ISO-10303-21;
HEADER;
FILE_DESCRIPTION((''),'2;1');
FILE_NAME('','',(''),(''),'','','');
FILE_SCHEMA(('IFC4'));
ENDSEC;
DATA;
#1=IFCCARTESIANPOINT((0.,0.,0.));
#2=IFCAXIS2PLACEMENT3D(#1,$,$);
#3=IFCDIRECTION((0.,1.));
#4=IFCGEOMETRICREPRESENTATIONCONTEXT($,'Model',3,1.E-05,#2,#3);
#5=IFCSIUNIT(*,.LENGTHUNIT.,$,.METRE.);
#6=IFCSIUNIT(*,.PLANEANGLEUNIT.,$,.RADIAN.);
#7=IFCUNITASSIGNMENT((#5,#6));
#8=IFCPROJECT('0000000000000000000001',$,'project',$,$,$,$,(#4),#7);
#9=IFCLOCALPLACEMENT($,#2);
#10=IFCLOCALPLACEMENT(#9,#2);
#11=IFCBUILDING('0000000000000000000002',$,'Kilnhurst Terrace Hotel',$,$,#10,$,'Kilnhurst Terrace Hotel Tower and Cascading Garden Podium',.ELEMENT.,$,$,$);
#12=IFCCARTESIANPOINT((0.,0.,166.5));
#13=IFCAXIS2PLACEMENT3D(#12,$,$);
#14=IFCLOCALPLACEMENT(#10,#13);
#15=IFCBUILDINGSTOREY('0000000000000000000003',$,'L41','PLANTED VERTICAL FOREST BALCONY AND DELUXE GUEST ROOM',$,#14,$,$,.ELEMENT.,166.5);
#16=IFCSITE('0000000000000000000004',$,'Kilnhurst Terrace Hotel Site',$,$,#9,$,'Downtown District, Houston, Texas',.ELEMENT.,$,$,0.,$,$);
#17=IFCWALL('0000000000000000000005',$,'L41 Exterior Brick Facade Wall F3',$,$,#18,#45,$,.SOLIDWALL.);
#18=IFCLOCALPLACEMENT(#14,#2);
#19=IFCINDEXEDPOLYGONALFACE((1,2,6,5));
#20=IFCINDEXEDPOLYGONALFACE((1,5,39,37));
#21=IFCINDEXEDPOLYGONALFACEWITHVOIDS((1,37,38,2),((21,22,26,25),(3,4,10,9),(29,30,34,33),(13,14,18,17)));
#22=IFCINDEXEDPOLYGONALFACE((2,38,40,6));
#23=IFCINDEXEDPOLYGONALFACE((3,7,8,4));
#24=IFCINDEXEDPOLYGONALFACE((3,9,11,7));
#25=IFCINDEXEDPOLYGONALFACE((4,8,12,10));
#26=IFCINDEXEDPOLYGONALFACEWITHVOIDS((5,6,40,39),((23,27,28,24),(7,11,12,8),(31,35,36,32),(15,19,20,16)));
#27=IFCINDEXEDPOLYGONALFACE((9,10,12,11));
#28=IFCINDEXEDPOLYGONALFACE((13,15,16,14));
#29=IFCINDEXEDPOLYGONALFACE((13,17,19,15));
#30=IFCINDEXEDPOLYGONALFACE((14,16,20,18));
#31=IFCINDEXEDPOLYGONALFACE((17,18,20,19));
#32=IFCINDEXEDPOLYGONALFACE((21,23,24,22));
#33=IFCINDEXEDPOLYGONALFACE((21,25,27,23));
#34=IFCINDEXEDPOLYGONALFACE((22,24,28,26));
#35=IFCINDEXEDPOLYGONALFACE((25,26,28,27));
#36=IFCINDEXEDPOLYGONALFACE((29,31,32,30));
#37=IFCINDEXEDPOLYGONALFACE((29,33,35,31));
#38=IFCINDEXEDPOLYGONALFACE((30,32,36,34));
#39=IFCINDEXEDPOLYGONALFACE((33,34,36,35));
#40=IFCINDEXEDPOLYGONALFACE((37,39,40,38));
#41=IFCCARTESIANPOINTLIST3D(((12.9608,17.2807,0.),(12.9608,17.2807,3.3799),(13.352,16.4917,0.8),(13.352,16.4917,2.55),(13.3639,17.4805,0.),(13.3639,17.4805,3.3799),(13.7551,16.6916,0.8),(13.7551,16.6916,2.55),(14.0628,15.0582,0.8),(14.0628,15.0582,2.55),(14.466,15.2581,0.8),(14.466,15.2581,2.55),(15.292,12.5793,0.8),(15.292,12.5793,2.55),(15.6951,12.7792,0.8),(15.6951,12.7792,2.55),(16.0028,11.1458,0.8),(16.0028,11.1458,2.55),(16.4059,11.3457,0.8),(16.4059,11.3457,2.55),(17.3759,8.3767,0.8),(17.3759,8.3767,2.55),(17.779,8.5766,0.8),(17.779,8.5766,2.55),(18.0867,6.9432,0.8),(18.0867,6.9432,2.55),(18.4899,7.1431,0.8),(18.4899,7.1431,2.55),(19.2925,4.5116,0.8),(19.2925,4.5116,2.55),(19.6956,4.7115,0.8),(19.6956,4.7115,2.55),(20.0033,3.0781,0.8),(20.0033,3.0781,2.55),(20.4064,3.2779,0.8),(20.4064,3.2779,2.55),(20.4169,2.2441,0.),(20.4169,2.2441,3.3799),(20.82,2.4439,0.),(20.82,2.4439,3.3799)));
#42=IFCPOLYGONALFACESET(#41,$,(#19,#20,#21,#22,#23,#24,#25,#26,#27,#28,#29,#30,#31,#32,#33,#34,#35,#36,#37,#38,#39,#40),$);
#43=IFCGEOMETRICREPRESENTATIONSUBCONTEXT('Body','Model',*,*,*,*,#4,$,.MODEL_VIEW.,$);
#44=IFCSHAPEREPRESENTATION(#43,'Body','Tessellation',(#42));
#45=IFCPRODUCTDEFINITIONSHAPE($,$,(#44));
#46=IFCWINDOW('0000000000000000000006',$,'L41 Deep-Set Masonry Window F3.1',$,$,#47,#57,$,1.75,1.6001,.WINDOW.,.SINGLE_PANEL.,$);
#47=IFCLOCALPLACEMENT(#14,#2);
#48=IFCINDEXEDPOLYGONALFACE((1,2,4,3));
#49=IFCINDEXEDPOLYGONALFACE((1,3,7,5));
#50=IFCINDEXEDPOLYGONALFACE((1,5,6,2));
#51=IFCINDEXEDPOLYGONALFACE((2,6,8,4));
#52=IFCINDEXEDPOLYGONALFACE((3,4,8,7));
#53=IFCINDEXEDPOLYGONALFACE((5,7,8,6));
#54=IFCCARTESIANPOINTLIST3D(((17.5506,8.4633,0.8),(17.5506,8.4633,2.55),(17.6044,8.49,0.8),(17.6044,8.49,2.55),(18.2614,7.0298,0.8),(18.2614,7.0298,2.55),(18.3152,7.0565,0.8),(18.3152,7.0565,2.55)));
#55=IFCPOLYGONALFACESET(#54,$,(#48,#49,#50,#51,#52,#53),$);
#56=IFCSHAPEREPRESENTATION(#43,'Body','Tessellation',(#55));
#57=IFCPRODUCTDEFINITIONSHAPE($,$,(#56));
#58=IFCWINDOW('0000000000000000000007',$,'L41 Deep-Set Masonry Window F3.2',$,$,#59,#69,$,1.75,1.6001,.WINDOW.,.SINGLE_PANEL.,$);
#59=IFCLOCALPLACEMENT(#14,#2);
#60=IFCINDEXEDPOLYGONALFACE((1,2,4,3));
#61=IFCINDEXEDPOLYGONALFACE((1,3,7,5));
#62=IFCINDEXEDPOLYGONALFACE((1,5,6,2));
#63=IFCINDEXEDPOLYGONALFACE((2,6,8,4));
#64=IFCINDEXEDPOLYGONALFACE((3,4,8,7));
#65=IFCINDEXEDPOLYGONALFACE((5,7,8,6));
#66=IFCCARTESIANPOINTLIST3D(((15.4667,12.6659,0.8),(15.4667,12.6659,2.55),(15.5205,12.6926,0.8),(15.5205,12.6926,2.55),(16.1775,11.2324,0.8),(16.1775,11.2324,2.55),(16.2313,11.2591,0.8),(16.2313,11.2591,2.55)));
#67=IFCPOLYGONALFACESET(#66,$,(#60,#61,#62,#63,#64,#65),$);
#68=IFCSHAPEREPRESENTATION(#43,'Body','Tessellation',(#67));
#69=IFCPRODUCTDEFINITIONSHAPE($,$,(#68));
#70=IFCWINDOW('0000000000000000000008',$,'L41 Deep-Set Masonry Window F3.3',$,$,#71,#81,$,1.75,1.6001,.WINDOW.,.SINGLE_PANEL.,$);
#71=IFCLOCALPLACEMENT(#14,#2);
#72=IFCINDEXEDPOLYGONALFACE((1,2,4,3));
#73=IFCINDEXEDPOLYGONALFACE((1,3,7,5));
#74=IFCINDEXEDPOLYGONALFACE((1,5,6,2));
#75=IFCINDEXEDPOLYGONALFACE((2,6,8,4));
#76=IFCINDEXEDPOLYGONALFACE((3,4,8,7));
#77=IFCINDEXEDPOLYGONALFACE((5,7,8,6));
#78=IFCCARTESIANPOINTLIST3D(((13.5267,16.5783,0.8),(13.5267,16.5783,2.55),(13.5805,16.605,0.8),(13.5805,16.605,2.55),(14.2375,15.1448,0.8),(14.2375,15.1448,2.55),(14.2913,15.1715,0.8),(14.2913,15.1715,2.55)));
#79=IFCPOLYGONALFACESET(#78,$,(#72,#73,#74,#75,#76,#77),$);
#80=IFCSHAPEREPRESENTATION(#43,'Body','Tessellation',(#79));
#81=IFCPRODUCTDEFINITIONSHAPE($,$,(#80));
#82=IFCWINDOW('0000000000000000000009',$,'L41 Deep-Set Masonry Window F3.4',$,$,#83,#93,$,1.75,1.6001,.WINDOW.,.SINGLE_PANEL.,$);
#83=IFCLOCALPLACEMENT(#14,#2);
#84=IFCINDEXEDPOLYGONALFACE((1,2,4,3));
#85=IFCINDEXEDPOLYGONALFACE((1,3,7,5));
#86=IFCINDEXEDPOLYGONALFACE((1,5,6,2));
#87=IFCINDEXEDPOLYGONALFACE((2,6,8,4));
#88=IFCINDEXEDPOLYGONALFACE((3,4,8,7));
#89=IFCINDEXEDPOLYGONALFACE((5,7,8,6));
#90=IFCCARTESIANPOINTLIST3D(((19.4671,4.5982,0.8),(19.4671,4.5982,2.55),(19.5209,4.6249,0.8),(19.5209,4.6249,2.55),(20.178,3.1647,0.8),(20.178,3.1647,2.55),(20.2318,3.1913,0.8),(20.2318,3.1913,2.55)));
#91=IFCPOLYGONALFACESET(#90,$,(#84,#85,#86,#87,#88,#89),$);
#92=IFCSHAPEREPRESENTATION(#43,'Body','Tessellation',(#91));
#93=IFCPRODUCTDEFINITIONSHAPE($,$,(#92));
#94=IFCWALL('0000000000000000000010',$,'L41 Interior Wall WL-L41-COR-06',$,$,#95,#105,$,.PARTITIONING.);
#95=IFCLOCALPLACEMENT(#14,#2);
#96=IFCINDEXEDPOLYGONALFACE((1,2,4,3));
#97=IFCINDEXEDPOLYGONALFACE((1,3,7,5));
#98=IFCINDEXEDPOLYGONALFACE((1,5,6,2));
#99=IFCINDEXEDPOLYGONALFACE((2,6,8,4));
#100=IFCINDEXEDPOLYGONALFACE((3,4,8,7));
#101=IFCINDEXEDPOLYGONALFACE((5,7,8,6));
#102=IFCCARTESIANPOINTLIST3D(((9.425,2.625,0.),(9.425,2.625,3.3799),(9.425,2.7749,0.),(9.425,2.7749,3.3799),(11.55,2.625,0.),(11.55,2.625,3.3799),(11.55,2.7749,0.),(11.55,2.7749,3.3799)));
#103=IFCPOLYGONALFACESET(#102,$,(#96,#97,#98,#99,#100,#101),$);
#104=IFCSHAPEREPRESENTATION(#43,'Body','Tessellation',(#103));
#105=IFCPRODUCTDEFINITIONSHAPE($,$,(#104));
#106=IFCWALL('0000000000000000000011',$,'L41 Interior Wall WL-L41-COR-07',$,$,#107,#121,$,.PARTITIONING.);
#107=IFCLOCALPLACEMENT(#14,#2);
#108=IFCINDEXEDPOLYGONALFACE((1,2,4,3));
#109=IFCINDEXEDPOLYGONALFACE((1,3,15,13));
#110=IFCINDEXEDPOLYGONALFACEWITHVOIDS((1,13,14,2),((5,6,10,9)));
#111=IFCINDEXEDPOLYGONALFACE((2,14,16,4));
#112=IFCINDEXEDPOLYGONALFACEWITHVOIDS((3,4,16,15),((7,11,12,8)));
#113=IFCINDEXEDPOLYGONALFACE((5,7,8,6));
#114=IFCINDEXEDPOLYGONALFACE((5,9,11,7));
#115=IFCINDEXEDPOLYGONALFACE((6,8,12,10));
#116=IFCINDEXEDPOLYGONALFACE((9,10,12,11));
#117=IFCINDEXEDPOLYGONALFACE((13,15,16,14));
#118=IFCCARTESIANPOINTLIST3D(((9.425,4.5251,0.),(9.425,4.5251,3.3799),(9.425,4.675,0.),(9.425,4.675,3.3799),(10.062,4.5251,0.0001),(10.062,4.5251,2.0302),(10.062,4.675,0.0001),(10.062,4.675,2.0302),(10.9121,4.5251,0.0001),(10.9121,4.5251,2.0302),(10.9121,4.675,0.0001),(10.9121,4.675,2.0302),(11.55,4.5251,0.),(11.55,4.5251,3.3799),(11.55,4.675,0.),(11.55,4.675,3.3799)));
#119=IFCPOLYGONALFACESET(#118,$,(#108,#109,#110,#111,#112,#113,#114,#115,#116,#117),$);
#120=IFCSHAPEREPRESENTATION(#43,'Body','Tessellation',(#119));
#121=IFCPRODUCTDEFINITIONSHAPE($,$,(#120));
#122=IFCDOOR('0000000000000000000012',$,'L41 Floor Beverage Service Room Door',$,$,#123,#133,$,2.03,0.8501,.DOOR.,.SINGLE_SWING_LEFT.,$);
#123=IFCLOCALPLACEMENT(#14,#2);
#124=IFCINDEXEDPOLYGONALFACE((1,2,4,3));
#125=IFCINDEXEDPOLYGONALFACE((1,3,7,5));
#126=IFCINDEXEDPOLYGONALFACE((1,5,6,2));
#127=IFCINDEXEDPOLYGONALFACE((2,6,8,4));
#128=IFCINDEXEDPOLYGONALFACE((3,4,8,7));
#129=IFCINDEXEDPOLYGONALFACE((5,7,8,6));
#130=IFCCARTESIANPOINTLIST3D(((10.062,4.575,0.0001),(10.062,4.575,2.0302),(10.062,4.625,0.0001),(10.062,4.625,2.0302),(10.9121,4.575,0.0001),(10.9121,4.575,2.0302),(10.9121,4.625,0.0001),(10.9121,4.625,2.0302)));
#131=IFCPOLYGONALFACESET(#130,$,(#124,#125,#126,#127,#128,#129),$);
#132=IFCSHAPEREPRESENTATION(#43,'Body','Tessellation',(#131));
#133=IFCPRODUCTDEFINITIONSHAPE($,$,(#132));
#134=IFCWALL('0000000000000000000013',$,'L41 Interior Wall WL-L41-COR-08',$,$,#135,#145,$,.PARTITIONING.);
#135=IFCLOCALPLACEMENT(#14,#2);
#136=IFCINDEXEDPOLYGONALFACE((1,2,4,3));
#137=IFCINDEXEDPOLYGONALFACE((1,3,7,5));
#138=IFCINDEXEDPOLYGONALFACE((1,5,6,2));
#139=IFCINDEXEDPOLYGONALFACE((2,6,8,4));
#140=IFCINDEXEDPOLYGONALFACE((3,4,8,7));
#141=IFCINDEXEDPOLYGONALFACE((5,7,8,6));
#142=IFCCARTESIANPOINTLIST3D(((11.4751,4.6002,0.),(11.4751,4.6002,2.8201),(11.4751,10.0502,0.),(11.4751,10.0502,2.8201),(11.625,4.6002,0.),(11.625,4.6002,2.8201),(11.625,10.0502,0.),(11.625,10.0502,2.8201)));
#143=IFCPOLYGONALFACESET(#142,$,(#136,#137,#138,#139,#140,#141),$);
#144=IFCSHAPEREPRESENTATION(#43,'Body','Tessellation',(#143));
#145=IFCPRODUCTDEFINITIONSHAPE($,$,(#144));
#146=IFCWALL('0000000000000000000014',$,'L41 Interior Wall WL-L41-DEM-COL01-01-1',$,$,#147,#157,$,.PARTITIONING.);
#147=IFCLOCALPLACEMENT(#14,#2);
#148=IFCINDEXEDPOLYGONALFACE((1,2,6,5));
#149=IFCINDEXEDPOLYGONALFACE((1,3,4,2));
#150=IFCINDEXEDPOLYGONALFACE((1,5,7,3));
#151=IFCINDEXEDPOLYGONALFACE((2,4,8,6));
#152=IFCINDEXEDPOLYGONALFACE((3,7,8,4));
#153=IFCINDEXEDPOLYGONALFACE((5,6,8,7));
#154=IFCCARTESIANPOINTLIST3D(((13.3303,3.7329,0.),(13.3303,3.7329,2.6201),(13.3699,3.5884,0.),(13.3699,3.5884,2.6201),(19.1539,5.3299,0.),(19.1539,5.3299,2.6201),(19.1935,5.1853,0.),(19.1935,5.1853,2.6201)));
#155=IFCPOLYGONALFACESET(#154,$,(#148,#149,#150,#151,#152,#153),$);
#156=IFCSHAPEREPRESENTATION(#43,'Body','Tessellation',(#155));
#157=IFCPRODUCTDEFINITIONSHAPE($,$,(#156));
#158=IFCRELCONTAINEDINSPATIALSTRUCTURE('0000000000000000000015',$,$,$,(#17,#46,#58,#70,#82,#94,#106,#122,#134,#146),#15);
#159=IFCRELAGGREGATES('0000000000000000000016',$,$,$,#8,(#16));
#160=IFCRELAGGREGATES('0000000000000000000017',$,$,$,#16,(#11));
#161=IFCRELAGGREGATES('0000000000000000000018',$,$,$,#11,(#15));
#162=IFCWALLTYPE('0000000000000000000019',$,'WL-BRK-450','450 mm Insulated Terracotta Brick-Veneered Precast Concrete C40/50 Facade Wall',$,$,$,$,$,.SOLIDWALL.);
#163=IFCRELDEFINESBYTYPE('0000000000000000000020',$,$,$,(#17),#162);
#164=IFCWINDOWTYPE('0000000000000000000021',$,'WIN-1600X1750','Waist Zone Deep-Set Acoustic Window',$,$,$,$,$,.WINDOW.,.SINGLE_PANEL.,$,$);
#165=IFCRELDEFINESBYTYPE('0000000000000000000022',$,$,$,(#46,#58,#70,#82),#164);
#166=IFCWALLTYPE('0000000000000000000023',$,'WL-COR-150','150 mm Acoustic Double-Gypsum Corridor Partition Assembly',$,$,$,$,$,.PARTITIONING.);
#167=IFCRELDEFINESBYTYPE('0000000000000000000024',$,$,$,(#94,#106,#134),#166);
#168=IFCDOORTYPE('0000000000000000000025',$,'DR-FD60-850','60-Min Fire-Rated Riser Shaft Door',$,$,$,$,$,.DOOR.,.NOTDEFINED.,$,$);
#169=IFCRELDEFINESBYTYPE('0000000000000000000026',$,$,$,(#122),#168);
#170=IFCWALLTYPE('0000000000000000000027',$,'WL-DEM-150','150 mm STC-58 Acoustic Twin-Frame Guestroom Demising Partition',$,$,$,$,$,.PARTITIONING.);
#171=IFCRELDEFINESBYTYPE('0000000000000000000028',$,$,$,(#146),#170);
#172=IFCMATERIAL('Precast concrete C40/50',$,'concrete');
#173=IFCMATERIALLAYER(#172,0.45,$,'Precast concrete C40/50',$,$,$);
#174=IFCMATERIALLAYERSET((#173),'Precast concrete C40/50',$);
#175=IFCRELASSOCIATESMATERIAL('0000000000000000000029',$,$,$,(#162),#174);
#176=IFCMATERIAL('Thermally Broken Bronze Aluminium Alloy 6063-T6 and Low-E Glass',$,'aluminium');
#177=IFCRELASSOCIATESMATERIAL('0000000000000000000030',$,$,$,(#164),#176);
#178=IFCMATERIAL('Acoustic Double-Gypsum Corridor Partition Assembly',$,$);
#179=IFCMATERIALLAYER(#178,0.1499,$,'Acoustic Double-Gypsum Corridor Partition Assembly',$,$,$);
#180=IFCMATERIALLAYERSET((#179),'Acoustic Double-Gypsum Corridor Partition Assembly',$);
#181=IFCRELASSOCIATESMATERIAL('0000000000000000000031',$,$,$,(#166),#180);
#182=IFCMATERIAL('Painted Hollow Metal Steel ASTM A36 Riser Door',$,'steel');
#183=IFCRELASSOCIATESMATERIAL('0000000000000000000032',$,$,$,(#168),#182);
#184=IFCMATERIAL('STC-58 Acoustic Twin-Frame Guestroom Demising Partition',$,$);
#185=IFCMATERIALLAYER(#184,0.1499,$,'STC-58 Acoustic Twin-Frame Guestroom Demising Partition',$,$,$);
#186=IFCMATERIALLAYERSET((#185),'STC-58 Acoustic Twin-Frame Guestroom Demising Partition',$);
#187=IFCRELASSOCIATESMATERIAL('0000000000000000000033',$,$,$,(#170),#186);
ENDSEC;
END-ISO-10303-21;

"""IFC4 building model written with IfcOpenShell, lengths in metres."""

from ifc_helpers import new_model, si_unit, direction, frame, frame_2d, origin, place, context, subcontext, project, spatial, rectangle, extrude, material, layer, layer_set, type_object, element, fill, save


model = new_model("IFC4")

# Units and contexts
model_context = context("Model", 3, precision=1e-05, world=origin(), true_north=direction((0.0, 1.0)))
body_context = subcontext(model_context, "Body", "Model", "MODEL_VIEW")
ifc_project = project(units=[si_unit("LENGTHUNIT", "METRE"), si_unit("PLANEANGLEUNIT", "RADIAN")], contexts=[model_context])

# Site, building, storey
site_placement = place(None, origin())
site = spatial("IfcSite", under=ifc_project, at=site_placement, Name="Kilnhurst Terrace Hotel Site", LongName="Downtown District, Houston, Texas", CompositionType="ELEMENT", RefElevation=0.0)
building_placement = place(site_placement, origin())
building = spatial("IfcBuilding", under=site, at=building_placement, Name="Kilnhurst Terrace Hotel", LongName="Kilnhurst Terrace Hotel Tower and Cascading Garden Podium", CompositionType="ELEMENT")
storey_placement = place(building_placement, frame((0.0, 0.0, 166.5)))
storey = spatial("IfcBuildingStorey", under=building, at=storey_placement, Name="L41", Description="PLANTED VERTICAL FOREST BALCONY AND DELUXE GUEST ROOM", CompositionType="ELEMENT", Elevation=166.5)

# Shared definitions
ifc_material_1 = material(Name="Precast concrete C40/50", Category="concrete")
ifc_layer_1 = layer(ifc_material_1, 0.45, Name="Precast concrete C40/50")
ifc_layer_set_1 = layer_set([ifc_layer_1], Name="Precast concrete C40/50")
wall_type_1 = type_object("IfcWallType", Name="WL-BRK-450", Description="450 mm Insulated Terracotta Brick-Veneered Precast Concrete C40/50 Facade Wall", PredefinedType="SOLIDWALL", material=ifc_layer_set_1)

# Wall, openings, windows
wall_1_placement = place(storey_placement, frame((20.6184, 2.344, 0.0), z_axis=(0.0, 0.0, 1.0), x_axis=(-0.444244, 0.895906, 0.0)))
wall_1 = element("IfcWall", 1, at=wall_1_placement, inside=storey, type_object=wall_type_1, Name="L41 Exterior Brick Facade Wall F3", PredefinedType="SOLIDWALL", context=body_context, shape_type="SweptSolid", body=[
    extrude(rectangle(XDim=16.7837, YDim=0.45, at=frame_2d((8.3918, 0.0))), origin(), (0.0, 0.0, 1.0), 3.3799),
])
opening_1_placement = place(wall_1_placement, frame((5.2451, 0.0, 0.8)))
opening_1 = element("IfcOpeningElement", 2, at=opening_1_placement, cuts=wall_1, PredefinedType="OPENING", context=body_context, shape_type="SweptSolid", body=[
    extrude(rectangle(XDim=1.6001, YDim=1.75, at=frame_2d((0.8, 0.875))), frame((0.0, 0.2349, 0.0), z_axis=(0.0, -1.0, 0.0), x_axis=(1.0, 0.0, 0.0)), (0.0, 0.0, 1.0), 0.47),
])
opening_2_placement = place(wall_1_placement, frame((9.936, 0.0, 0.8)))
opening_2 = element("IfcOpeningElement", 3, at=opening_2_placement, cuts=wall_1, PredefinedType="OPENING", context=body_context, shape_type="SweptSolid", body=[
    extrude(rectangle(XDim=1.6001, YDim=1.75, at=frame_2d((0.8, 0.875))), frame((0.0, 0.2349, 0.0), z_axis=(0.0, -1.0, 0.0), x_axis=(1.0, 0.0, 0.0)), (0.0, 0.0, 1.0), 0.47),
])
opening_3_placement = place(wall_1_placement, frame((14.303, 0.0, 0.8)))
opening_3 = element("IfcOpeningElement", 4, at=opening_3_placement, cuts=wall_1, PredefinedType="OPENING", context=body_context, shape_type="SweptSolid", body=[
    extrude(rectangle(XDim=1.6001, YDim=1.75, at=frame_2d((0.8, 0.875))), frame((0.0, 0.2349, 0.0), z_axis=(0.0, -1.0, 0.0), x_axis=(1.0, 0.0, 0.0)), (0.0, 0.0, 1.0), 0.47),
])
opening_4_placement = place(wall_1_placement, frame((0.9309, 0.0, 0.8)))
opening_4 = element("IfcOpeningElement", 5, at=opening_4_placement, cuts=wall_1, PredefinedType="OPENING", context=body_context, shape_type="SweptSolid", body=[
    extrude(rectangle(XDim=1.6001, YDim=1.75, at=frame_2d((0.8, 0.875))), frame((0.0, 0.2349, 0.0), z_axis=(0.0, -1.0, 0.0), x_axis=(1.0, 0.0, 0.0)), (0.0, 0.0, 1.0), 0.47),
])
ifc_material_2 = material(Name="Thermally Broken Bronze Aluminium Alloy 6063-T6 and Low-E Glass", Category="aluminium")
window_type = type_object("IfcWindowType", Name="WIN-1600X1750", Description="Waist Zone Deep-Set Acoustic Window", PartitioningType="SINGLE_PANEL", PredefinedType="WINDOW", material=ifc_material_2)
window_1_placement = place(opening_1_placement, origin())
window_1 = element("IfcWindow", 6, at=window_1_placement, inside=storey, type_object=window_type, Name="L41 Deep-Set Masonry Window F3.1", OverallHeight=1.75, OverallWidth=1.6001, PartitioningType="SINGLE_PANEL", PredefinedType="WINDOW", context=body_context, shape_type="SweptSolid", body=[
    extrude(rectangle(XDim=1.6001, YDim=1.75, at=frame_2d((0.8, 0.875))), frame((0.0, 0.03, 0.0), z_axis=(0.0, -1.0, 0.0), x_axis=(1.0, 0.0, 0.0)), (0.0, 0.0, 1.0), 0.0601),
])
fill(opening_1, window_1)
window_2_placement = place(opening_2_placement, origin())
window_2 = element("IfcWindow", 7, at=window_2_placement, inside=storey, type_object=window_type, Name="L41 Deep-Set Masonry Window F3.2", OverallHeight=1.75, OverallWidth=1.6001, PartitioningType="SINGLE_PANEL", PredefinedType="WINDOW", context=body_context, shape_type="SweptSolid", body=[
    extrude(rectangle(XDim=1.6001, YDim=1.75, at=frame_2d((0.8, 0.875))), frame((0.0, 0.03, 0.0), z_axis=(0.0, -1.0, 0.0), x_axis=(1.0, 0.0, 0.0)), (0.0, 0.0, 1.0), 0.0601),
])
fill(opening_2, window_2)
window_3_placement = place(opening_3_placement, origin())
window_3 = element("IfcWindow", 8, at=window_3_placement, inside=storey, type_object=window_type, Name="L41 Deep-Set Masonry Window F3.3", OverallHeight=1.75, OverallWidth=1.6001, PartitioningType="SINGLE_PANEL", PredefinedType="WINDOW", context=body_context, shape_type="SweptSolid", body=[
    extrude(rectangle(XDim=1.6001, YDim=1.75, at=frame_2d((0.8, 0.875))), frame((0.0, 0.03, 0.0), z_axis=(0.0, -1.0, 0.0), x_axis=(1.0, 0.0, 0.0)), (0.0, 0.0, 1.0), 0.0601),
])
fill(opening_3, window_3)
window_4_placement = place(opening_4_placement, origin())
window_4 = element("IfcWindow", 9, at=window_4_placement, inside=storey, type_object=window_type, Name="L41 Deep-Set Masonry Window F3.4", OverallHeight=1.75, OverallWidth=1.6001, PartitioningType="SINGLE_PANEL", PredefinedType="WINDOW", context=body_context, shape_type="SweptSolid", body=[
    extrude(rectangle(XDim=1.6001, YDim=1.75, at=frame_2d((0.8, 0.875))), frame((0.0, 0.03, 0.0), z_axis=(0.0, -1.0, 0.0), x_axis=(1.0, 0.0, 0.0)), (0.0, 0.0, 1.0), 0.0601),
])
fill(opening_4, window_4)

# Wall
ifc_material_3 = material(Name="Acoustic Double-Gypsum Corridor Partition Assembly")
ifc_layer_2 = layer(ifc_material_3, 0.1499, Name="Acoustic Double-Gypsum Corridor Partition Assembly")
ifc_layer_set_2 = layer_set([ifc_layer_2], Name="Acoustic Double-Gypsum Corridor Partition Assembly")
wall_type_2 = type_object("IfcWallType", Name="WL-COR-150", Description="150 mm Acoustic Double-Gypsum Corridor Partition Assembly", PredefinedType="PARTITIONING", material=ifc_layer_set_2)
wall_2_placement = place(storey_placement, frame((11.55, 2.7, 0.0), z_axis=(0.0, 0.0, 1.0), x_axis=(-1.0, 0.0, 0.0)))
element("IfcWall", 10, at=wall_2_placement, inside=storey, type_object=wall_type_2, Name="L41 Interior Wall WL-L41-COR-06", PredefinedType="PARTITIONING", context=body_context, shape_type="SweptSolid", body=[
    extrude(rectangle(XDim=2.125, YDim=0.1499, at=frame_2d((1.0625, 0.0))), origin(), (0.0, 0.0, 1.0), 3.3799),
])

# Wall, opening, door
wall_3_placement = place(storey_placement, frame((9.425, 4.6001, 0.0), z_axis=(0.0, 0.0, 1.0), x_axis=(1.0, 0.0, 0.0)))
wall_3 = element("IfcWall", 11, at=wall_3_placement, inside=storey, type_object=wall_type_2, Name="L41 Interior Wall WL-L41-COR-07", PredefinedType="PARTITIONING", context=body_context, shape_type="SweptSolid", body=[
    extrude(rectangle(XDim=2.125, YDim=0.1499, at=frame_2d((1.0625, 0.0))), origin(), (0.0, 0.0, 1.0), 3.3799),
])
opening_5_placement = place(wall_3_placement, frame((0.637, 0.0, 0.0)))
opening_5 = element("IfcOpeningElement", 12, at=opening_5_placement, cuts=wall_3, PredefinedType="OPENING", context=body_context, shape_type="SweptSolid", body=[
    extrude(rectangle(XDim=0.8501, YDim=2.03, at=frame_2d((0.425, 1.0151))), frame((0.0, 0.085, 0.0), z_axis=(0.0, -1.0, 0.0), x_axis=(1.0, 0.0, 0.0)), (0.0, 0.0, 1.0), 0.1699),
])
ifc_material_4 = material(Name="Painted Hollow Metal Steel ASTM A36 Riser Door", Category="steel")
door_type_1 = type_object("IfcDoorType", Name="DR-FD60-850", Description="60-Min Fire-Rated Riser Shaft Door", OperationType="NOTDEFINED", PredefinedType="DOOR", material=ifc_material_4)
door_1_placement = place(opening_5_placement, origin())
door_1 = element("IfcDoor", 13, at=door_1_placement, inside=storey, type_object=door_type_1, Name="L41 Floor Beverage Service Room Door", OperationType="SINGLE_SWING_LEFT", OverallHeight=2.03, OverallWidth=0.8501, PredefinedType="DOOR", context=body_context, shape_type="SweptSolid", body=[
    extrude(rectangle(XDim=0.8501, YDim=2.03, at=frame_2d((0.425, 1.0151))), frame((0.0, 0.0249, 0.0), z_axis=(0.0, -1.0, 0.0), x_axis=(1.0, 0.0, 0.0)), (0.0, 0.0, 1.0), 0.05),
])
fill(opening_5, door_1)

# Walls
wall_4_placement = place(storey_placement, frame((11.55, 4.6001, 0.0), z_axis=(0.0, 0.0, 1.0), x_axis=(0.0, 1.0, 0.0)))
element("IfcWall", 14, at=wall_4_placement, inside=storey, type_object=wall_type_2, Name="L41 Interior Wall WL-L41-COR-08", PredefinedType="PARTITIONING", context=body_context, shape_type="SweptSolid", body=[
    extrude(rectangle(XDim=5.45, YDim=0.1499, at=frame_2d((2.7251, 0.0))), origin(), (0.0, 0.0, 1.0), 2.8201),
])
ifc_material_5 = material(Name="STC-58 Acoustic Twin-Frame Guestroom Demising Partition")
ifc_layer_3 = layer(ifc_material_5, 0.1499, Name="STC-58 Acoustic Twin-Frame Guestroom Demising Partition")
ifc_layer_set_3 = layer_set([ifc_layer_3], Name="STC-58 Acoustic Twin-Frame Guestroom Demising Partition")
wall_type_3 = type_object("IfcWallType", Name="WL-DEM-150", Description="150 mm STC-58 Acoustic Twin-Frame Guestroom Demising Partition", PredefinedType="PARTITIONING", material=ifc_layer_set_3)
wall_5_placement = place(storey_placement, frame((13.3501, 3.6606, 0.0), z_axis=(0.0, 0.0, 1.0), x_axis=(0.964397, 0.264458, 0.0)))
element("IfcWall", 15, at=wall_5_placement, inside=storey, type_object=wall_type_3, Name="L41 Interior Wall WL-L41-DEM-COL01-01-1", PredefinedType="PARTITIONING", context=body_context, shape_type="SweptSolid", body=[
    extrude(rectangle(XDim=6.0386, YDim=0.1499, at=frame_2d((3.0193, 0.0))), origin(), (0.0, 0.0, 1.0), 2.6201),
])

save(model, "model.ifc")
